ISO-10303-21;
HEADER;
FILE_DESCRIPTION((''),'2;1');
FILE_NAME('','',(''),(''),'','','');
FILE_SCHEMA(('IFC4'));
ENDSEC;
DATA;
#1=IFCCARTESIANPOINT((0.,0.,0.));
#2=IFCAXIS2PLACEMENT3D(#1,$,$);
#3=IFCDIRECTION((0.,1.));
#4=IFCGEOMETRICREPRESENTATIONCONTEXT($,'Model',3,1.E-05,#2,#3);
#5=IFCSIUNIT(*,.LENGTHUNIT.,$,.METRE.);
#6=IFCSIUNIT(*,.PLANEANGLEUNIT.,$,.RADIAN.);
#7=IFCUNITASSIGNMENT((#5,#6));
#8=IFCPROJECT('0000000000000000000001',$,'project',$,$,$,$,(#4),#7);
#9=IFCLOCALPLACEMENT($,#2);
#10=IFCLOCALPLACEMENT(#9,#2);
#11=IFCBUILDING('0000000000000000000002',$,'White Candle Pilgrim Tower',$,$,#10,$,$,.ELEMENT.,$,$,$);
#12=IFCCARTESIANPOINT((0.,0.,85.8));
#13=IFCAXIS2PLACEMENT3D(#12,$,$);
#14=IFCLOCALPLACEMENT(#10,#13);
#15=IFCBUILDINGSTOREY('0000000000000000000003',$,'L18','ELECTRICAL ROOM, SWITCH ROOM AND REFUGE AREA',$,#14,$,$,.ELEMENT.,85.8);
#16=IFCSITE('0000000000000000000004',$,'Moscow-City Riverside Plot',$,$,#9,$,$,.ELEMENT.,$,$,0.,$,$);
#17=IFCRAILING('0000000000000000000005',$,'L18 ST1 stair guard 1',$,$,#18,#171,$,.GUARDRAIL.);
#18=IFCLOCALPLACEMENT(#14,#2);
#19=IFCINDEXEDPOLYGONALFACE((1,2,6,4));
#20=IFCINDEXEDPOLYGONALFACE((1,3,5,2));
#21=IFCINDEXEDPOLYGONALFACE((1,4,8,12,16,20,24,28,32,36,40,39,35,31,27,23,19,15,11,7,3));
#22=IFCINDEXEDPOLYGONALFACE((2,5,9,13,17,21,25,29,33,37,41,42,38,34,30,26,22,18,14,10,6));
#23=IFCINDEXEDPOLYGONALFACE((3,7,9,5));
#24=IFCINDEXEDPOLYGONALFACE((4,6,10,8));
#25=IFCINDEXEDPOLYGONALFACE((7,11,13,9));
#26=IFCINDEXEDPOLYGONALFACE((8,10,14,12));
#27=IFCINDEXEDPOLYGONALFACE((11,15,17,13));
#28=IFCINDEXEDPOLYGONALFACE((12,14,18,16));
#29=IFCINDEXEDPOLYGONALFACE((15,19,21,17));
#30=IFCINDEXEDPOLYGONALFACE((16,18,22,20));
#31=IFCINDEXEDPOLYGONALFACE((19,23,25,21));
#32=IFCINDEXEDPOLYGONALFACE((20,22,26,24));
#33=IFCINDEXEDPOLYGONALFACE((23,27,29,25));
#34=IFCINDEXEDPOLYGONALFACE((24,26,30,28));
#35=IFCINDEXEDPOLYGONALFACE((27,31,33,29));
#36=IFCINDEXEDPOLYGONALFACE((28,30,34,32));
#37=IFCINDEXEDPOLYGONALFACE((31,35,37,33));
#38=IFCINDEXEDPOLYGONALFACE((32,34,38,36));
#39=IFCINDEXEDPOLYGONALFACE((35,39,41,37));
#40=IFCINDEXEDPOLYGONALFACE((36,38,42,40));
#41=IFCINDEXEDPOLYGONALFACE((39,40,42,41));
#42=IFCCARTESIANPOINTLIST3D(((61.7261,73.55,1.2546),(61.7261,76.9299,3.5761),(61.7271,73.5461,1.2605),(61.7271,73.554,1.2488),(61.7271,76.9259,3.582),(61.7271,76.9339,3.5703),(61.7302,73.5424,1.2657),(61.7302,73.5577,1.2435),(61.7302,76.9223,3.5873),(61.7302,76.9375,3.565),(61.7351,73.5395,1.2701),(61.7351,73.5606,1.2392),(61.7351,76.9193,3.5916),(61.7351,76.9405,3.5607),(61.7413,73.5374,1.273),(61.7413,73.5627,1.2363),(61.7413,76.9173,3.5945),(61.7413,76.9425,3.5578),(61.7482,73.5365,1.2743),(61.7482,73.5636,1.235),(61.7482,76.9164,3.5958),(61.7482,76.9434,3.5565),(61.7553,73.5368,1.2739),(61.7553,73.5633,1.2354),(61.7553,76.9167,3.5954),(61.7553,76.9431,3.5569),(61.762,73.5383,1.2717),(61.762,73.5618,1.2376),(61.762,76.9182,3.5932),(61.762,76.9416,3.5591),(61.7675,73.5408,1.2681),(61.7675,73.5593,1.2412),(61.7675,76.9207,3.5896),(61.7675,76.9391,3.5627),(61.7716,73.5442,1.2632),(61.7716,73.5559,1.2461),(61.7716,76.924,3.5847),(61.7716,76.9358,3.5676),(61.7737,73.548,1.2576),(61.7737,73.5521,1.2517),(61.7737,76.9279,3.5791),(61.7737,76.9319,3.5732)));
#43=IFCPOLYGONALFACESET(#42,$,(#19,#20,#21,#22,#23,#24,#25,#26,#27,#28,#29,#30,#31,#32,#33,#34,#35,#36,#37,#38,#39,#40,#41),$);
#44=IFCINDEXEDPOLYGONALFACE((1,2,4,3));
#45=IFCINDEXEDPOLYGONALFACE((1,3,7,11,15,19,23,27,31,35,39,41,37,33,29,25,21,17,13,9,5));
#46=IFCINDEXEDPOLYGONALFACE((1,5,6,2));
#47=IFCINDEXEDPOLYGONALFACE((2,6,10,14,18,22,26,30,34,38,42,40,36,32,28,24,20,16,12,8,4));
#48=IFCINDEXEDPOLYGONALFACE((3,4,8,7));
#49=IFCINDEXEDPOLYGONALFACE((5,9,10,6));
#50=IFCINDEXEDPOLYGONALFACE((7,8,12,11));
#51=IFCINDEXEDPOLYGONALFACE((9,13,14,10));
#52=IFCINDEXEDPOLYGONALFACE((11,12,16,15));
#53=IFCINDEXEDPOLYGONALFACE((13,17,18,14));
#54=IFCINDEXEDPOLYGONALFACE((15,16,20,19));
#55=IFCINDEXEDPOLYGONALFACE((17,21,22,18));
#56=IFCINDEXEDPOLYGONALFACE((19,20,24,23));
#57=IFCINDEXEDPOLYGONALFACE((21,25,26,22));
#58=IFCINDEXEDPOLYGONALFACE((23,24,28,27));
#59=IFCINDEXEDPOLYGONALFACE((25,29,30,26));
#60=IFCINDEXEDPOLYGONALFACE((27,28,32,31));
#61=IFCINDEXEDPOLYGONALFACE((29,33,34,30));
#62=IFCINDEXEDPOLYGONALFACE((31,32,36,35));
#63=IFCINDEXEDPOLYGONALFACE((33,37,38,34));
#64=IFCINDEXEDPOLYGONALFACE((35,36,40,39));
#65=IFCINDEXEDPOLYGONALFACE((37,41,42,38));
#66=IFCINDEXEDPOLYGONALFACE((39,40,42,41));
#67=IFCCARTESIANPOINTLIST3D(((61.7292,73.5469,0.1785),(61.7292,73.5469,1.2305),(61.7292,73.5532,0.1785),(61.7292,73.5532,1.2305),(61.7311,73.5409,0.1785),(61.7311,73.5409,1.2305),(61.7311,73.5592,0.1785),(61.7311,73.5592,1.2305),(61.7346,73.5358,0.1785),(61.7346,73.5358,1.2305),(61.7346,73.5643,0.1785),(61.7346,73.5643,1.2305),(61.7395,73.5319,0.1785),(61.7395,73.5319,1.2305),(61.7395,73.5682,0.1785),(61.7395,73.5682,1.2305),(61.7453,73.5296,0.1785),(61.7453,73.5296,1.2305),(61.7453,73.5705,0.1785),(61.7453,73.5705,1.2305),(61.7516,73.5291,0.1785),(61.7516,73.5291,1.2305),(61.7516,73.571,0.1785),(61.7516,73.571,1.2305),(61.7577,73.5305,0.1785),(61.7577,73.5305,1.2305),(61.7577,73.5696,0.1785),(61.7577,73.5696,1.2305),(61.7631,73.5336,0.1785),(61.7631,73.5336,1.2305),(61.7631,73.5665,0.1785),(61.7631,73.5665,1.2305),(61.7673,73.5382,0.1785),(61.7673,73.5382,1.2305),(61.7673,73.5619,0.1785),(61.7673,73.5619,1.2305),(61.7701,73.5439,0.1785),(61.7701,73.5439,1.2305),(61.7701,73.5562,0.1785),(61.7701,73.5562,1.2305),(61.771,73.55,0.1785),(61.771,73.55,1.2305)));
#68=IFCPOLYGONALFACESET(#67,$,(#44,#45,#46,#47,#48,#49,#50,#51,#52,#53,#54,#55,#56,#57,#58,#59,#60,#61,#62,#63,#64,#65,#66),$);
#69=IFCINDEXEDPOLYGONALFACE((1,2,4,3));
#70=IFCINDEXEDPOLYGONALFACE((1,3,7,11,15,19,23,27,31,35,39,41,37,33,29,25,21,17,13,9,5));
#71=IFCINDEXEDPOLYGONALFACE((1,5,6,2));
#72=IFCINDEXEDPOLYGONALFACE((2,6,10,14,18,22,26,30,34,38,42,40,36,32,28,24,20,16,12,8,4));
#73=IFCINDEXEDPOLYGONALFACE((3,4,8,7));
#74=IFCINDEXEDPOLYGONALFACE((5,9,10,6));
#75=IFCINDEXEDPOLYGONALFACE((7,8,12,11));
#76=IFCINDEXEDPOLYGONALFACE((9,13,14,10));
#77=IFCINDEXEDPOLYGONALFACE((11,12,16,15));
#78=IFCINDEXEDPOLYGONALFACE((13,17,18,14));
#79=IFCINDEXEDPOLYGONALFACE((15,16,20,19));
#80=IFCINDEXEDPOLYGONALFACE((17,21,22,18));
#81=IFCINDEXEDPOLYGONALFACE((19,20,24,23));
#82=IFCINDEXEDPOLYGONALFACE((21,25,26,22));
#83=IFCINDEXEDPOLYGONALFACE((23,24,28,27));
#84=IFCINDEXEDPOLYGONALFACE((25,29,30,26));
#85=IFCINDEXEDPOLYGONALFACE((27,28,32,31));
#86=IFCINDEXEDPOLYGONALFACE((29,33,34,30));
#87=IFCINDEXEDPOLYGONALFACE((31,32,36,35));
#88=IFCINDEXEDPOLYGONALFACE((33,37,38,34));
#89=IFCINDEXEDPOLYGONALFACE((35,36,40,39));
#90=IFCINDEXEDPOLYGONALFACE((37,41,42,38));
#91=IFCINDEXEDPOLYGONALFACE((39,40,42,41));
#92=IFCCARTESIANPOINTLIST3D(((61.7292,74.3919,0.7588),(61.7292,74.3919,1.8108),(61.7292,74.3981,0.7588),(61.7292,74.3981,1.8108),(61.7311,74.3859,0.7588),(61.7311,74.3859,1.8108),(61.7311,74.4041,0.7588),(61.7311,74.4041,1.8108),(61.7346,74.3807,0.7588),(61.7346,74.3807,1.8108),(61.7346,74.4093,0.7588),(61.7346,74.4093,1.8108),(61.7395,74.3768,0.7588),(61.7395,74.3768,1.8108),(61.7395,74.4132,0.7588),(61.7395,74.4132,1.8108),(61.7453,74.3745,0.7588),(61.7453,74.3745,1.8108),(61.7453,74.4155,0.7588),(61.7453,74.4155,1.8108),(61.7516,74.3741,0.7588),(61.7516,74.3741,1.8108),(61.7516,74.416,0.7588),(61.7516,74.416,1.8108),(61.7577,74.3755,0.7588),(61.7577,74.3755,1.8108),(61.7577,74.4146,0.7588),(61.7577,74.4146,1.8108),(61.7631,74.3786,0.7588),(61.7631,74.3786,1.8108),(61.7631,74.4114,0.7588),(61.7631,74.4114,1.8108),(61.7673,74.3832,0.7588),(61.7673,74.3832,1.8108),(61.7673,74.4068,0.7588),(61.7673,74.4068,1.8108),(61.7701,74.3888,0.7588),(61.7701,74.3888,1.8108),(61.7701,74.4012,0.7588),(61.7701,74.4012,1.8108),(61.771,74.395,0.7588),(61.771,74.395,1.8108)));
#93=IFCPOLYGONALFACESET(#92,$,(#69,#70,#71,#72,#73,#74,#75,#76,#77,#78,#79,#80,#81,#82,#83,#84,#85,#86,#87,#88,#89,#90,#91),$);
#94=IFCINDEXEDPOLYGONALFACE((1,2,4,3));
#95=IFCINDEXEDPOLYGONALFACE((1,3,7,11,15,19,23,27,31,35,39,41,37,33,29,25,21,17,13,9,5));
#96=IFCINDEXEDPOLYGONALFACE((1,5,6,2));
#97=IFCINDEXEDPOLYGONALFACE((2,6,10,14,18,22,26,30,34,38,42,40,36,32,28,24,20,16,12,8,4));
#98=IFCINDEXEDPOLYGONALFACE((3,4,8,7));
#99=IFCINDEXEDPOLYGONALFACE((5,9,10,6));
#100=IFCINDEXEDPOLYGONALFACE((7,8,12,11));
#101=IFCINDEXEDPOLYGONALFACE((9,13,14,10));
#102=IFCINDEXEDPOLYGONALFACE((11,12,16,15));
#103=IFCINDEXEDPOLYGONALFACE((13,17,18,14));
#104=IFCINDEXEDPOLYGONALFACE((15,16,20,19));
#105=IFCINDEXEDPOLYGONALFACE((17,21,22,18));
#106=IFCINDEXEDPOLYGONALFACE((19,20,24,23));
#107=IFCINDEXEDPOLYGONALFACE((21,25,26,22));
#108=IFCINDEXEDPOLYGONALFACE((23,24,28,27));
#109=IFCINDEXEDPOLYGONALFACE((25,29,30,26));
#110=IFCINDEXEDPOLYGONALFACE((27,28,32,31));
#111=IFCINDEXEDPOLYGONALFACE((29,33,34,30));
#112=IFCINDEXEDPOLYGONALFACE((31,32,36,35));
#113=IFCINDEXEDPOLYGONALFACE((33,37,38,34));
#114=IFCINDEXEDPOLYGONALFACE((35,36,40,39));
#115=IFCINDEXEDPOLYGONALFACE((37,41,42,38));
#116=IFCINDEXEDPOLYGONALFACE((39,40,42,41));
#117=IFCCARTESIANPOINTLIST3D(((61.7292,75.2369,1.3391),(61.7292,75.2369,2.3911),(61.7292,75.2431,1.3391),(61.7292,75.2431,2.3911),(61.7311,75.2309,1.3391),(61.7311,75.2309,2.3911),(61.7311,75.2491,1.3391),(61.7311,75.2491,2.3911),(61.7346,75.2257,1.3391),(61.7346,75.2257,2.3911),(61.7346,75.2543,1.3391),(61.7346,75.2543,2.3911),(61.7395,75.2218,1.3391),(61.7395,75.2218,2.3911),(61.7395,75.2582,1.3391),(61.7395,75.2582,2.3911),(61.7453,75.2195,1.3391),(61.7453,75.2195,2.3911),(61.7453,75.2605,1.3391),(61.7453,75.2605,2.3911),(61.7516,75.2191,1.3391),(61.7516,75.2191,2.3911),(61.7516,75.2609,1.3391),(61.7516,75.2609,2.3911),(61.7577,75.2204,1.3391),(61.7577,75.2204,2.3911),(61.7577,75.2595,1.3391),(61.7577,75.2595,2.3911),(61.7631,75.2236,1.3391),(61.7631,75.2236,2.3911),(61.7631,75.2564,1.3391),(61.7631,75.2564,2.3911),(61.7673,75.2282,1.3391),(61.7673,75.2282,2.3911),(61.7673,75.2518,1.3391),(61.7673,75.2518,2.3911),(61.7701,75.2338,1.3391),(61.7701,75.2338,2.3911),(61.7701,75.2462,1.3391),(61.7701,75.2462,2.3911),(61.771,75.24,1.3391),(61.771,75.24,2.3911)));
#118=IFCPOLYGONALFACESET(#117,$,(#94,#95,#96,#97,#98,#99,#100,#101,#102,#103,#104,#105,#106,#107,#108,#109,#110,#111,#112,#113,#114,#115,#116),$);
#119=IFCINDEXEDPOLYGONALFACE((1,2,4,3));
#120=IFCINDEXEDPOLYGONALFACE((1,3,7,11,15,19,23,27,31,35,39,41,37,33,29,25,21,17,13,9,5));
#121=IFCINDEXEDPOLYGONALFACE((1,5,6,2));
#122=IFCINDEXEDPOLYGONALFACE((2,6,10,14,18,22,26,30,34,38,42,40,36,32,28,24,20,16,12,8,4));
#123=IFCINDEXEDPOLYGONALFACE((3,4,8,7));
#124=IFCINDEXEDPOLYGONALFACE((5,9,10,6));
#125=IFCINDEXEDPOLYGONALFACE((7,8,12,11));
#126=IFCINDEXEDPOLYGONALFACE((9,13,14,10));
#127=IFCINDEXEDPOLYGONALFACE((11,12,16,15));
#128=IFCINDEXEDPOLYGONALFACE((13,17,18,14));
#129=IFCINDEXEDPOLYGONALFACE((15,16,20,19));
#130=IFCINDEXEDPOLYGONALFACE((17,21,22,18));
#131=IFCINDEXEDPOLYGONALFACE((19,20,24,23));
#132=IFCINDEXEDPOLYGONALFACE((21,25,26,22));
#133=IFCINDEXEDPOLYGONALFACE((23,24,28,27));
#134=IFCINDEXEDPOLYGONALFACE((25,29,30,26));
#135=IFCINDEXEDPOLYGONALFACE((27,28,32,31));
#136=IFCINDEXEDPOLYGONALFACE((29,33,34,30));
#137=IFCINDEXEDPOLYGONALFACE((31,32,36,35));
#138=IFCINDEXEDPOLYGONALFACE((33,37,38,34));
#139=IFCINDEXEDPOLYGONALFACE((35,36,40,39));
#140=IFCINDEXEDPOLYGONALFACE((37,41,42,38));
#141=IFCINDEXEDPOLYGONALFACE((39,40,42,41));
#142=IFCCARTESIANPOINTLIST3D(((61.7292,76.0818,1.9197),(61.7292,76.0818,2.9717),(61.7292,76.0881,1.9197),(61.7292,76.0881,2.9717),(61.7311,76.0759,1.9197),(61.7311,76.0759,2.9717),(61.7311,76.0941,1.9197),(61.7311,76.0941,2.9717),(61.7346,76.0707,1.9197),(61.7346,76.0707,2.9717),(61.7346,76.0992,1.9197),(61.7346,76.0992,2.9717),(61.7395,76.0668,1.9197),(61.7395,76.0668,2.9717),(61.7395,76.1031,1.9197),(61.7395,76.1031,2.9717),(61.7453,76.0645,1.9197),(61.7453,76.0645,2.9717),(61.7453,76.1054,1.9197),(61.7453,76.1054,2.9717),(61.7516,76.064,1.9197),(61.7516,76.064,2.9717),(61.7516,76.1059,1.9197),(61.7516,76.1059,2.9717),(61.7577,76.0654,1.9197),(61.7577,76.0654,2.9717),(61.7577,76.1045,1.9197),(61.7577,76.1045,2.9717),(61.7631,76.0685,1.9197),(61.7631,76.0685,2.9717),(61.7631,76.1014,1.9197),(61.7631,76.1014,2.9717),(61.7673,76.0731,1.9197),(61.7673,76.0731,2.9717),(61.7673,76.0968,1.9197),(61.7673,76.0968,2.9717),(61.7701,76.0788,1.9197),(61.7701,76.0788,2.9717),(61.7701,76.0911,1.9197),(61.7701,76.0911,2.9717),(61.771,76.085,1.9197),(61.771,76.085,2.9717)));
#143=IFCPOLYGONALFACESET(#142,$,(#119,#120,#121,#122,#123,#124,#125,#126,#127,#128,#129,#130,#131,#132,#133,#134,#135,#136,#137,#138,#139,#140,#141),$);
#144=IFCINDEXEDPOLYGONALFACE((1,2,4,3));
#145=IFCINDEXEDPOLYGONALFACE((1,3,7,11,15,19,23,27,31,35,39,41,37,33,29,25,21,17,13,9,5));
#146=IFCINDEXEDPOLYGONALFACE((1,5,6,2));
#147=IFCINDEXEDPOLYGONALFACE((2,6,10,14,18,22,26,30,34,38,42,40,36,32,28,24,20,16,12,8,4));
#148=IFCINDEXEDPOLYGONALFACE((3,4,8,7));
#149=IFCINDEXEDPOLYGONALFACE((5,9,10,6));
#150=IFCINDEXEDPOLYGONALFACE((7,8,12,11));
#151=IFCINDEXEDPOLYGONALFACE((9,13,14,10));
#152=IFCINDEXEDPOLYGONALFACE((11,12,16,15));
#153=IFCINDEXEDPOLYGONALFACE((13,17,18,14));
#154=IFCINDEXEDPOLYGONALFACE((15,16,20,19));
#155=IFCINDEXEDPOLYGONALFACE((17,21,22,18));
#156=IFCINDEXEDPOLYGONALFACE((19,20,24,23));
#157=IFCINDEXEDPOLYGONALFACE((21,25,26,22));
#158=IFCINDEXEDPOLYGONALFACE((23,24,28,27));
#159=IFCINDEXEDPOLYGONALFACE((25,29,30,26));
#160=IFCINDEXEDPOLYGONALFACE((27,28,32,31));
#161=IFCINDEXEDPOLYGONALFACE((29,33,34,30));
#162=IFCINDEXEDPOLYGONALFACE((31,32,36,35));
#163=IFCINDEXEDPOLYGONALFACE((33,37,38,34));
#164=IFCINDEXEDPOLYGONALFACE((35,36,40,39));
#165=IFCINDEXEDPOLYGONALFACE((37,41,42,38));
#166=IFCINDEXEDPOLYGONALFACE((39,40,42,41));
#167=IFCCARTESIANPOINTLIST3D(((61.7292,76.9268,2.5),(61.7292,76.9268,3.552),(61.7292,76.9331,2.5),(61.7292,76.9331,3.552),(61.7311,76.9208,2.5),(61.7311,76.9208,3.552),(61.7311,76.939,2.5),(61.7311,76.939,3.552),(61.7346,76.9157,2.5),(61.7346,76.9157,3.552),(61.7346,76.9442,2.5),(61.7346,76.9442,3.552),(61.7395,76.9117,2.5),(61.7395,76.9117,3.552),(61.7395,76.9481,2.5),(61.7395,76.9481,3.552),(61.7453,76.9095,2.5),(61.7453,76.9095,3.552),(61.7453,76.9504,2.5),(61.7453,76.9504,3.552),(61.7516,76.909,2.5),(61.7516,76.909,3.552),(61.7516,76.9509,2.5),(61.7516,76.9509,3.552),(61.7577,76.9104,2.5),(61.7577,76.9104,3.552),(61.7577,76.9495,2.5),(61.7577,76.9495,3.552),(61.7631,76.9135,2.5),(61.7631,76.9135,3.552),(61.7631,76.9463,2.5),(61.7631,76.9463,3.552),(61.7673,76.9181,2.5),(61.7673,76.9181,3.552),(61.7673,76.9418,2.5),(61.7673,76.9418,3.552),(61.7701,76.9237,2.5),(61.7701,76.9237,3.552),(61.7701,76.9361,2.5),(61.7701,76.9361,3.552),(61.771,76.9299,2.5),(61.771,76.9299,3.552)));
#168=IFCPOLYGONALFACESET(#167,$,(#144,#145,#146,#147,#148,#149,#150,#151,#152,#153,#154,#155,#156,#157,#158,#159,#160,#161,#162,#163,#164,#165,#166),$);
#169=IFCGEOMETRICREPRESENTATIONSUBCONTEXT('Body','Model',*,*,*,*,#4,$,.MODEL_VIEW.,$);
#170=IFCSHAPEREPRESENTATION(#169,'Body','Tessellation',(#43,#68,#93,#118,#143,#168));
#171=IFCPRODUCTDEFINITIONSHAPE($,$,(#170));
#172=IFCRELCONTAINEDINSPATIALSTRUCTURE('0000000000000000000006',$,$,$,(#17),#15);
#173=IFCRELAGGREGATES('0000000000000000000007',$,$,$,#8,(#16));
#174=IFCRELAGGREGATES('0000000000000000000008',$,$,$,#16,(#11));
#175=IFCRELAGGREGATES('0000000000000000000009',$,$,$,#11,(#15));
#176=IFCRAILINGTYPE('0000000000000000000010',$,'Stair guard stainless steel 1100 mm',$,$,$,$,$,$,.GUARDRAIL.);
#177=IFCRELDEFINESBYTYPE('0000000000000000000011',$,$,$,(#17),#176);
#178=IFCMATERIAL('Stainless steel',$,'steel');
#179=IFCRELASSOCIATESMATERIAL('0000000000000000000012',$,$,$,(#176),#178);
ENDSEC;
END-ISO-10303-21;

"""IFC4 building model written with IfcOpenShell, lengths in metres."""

from ifc_helpers import new_model, si_unit, direction, frame, origin, origin_2d, place, context, subcontext, project, spatial, circle, extrude, material, type_object, element, save


model = new_model("IFC4")

# Units and contexts
model_context = context("Model", 3, precision=1e-05, world=origin(), true_north=direction((0.0, 1.0)))
body_context = subcontext(model_context, "Body", "Model", "MODEL_VIEW")
ifc_project = project(units=[si_unit("LENGTHUNIT", "METRE"), si_unit("PLANEANGLEUNIT", "RADIAN")], contexts=[model_context])

# Site, building, storey
site_placement = place(None, origin())
site = spatial("IfcSite", under=ifc_project, at=site_placement, Name="Moscow-City Riverside Plot", CompositionType="ELEMENT", RefElevation=0.0)
building_placement = place(site_placement, origin())
building = spatial("IfcBuilding", under=site, at=building_placement, Name="White Candle Pilgrim Tower", CompositionType="ELEMENT")
storey_placement = place(building_placement, frame((0.0, 0.0, 85.8)))
storey = spatial("IfcBuildingStorey", under=building, at=storey_placement, Name="L18", Description="ELECTRICAL ROOM, SWITCH ROOM AND REFUGE AREA", CompositionType="ELEMENT", Elevation=85.8)

# Shared definitions
ifc_material_1 = material(Name="Stainless steel", Category="steel")

# Railing
railing_type_1 = type_object("IfcRailingType", Name="Stair guard stainless steel 1100 mm", PredefinedType="GUARDRAIL", material=ifc_material_1)
railing_1_placement = place(storey_placement, frame((61.75, 73.55, 0.1785)))
element("IfcRailing", 1, at=railing_1_placement, inside=storey, type_object=railing_type_1, Name="L18 ST1 stair guard 1", PredefinedType="GUARDRAIL", context=body_context, shape_type="SweptSolid", body=[
    extrude(circle(Radius=0.0239, at=origin_2d()), frame((0.0, 0.0, 1.0762), z_axis=(0.0, 0.824285, 0.566175), x_axis=(-1.0, 0.0, 0.0)), (0.0, 0.0, 1.0), 4.1003),
    extrude(circle(Radius=0.021, at=origin_2d()), origin(), (0.0, 0.0, 1.0), 1.052),
    extrude(circle(Radius=0.021, at=origin_2d()), frame((0.0, 0.845, 0.5803)), (0.0, 0.0, 1.0), 1.052),
    extrude(circle(Radius=0.021, at=origin_2d()), frame((0.0, 1.6899, 1.1606)), (0.0, 0.0, 1.0), 1.052),
    extrude(circle(Radius=0.021, at=origin_2d()), frame((0.0, 2.5349, 1.7412)), (0.0, 0.0, 1.0), 1.052),
    extrude(circle(Radius=0.021, at=origin_2d()), frame((0.0, 3.3799, 2.3215)), (0.0, 0.0, 1.0), 1.052),
])

save(model, "model.ifc")
